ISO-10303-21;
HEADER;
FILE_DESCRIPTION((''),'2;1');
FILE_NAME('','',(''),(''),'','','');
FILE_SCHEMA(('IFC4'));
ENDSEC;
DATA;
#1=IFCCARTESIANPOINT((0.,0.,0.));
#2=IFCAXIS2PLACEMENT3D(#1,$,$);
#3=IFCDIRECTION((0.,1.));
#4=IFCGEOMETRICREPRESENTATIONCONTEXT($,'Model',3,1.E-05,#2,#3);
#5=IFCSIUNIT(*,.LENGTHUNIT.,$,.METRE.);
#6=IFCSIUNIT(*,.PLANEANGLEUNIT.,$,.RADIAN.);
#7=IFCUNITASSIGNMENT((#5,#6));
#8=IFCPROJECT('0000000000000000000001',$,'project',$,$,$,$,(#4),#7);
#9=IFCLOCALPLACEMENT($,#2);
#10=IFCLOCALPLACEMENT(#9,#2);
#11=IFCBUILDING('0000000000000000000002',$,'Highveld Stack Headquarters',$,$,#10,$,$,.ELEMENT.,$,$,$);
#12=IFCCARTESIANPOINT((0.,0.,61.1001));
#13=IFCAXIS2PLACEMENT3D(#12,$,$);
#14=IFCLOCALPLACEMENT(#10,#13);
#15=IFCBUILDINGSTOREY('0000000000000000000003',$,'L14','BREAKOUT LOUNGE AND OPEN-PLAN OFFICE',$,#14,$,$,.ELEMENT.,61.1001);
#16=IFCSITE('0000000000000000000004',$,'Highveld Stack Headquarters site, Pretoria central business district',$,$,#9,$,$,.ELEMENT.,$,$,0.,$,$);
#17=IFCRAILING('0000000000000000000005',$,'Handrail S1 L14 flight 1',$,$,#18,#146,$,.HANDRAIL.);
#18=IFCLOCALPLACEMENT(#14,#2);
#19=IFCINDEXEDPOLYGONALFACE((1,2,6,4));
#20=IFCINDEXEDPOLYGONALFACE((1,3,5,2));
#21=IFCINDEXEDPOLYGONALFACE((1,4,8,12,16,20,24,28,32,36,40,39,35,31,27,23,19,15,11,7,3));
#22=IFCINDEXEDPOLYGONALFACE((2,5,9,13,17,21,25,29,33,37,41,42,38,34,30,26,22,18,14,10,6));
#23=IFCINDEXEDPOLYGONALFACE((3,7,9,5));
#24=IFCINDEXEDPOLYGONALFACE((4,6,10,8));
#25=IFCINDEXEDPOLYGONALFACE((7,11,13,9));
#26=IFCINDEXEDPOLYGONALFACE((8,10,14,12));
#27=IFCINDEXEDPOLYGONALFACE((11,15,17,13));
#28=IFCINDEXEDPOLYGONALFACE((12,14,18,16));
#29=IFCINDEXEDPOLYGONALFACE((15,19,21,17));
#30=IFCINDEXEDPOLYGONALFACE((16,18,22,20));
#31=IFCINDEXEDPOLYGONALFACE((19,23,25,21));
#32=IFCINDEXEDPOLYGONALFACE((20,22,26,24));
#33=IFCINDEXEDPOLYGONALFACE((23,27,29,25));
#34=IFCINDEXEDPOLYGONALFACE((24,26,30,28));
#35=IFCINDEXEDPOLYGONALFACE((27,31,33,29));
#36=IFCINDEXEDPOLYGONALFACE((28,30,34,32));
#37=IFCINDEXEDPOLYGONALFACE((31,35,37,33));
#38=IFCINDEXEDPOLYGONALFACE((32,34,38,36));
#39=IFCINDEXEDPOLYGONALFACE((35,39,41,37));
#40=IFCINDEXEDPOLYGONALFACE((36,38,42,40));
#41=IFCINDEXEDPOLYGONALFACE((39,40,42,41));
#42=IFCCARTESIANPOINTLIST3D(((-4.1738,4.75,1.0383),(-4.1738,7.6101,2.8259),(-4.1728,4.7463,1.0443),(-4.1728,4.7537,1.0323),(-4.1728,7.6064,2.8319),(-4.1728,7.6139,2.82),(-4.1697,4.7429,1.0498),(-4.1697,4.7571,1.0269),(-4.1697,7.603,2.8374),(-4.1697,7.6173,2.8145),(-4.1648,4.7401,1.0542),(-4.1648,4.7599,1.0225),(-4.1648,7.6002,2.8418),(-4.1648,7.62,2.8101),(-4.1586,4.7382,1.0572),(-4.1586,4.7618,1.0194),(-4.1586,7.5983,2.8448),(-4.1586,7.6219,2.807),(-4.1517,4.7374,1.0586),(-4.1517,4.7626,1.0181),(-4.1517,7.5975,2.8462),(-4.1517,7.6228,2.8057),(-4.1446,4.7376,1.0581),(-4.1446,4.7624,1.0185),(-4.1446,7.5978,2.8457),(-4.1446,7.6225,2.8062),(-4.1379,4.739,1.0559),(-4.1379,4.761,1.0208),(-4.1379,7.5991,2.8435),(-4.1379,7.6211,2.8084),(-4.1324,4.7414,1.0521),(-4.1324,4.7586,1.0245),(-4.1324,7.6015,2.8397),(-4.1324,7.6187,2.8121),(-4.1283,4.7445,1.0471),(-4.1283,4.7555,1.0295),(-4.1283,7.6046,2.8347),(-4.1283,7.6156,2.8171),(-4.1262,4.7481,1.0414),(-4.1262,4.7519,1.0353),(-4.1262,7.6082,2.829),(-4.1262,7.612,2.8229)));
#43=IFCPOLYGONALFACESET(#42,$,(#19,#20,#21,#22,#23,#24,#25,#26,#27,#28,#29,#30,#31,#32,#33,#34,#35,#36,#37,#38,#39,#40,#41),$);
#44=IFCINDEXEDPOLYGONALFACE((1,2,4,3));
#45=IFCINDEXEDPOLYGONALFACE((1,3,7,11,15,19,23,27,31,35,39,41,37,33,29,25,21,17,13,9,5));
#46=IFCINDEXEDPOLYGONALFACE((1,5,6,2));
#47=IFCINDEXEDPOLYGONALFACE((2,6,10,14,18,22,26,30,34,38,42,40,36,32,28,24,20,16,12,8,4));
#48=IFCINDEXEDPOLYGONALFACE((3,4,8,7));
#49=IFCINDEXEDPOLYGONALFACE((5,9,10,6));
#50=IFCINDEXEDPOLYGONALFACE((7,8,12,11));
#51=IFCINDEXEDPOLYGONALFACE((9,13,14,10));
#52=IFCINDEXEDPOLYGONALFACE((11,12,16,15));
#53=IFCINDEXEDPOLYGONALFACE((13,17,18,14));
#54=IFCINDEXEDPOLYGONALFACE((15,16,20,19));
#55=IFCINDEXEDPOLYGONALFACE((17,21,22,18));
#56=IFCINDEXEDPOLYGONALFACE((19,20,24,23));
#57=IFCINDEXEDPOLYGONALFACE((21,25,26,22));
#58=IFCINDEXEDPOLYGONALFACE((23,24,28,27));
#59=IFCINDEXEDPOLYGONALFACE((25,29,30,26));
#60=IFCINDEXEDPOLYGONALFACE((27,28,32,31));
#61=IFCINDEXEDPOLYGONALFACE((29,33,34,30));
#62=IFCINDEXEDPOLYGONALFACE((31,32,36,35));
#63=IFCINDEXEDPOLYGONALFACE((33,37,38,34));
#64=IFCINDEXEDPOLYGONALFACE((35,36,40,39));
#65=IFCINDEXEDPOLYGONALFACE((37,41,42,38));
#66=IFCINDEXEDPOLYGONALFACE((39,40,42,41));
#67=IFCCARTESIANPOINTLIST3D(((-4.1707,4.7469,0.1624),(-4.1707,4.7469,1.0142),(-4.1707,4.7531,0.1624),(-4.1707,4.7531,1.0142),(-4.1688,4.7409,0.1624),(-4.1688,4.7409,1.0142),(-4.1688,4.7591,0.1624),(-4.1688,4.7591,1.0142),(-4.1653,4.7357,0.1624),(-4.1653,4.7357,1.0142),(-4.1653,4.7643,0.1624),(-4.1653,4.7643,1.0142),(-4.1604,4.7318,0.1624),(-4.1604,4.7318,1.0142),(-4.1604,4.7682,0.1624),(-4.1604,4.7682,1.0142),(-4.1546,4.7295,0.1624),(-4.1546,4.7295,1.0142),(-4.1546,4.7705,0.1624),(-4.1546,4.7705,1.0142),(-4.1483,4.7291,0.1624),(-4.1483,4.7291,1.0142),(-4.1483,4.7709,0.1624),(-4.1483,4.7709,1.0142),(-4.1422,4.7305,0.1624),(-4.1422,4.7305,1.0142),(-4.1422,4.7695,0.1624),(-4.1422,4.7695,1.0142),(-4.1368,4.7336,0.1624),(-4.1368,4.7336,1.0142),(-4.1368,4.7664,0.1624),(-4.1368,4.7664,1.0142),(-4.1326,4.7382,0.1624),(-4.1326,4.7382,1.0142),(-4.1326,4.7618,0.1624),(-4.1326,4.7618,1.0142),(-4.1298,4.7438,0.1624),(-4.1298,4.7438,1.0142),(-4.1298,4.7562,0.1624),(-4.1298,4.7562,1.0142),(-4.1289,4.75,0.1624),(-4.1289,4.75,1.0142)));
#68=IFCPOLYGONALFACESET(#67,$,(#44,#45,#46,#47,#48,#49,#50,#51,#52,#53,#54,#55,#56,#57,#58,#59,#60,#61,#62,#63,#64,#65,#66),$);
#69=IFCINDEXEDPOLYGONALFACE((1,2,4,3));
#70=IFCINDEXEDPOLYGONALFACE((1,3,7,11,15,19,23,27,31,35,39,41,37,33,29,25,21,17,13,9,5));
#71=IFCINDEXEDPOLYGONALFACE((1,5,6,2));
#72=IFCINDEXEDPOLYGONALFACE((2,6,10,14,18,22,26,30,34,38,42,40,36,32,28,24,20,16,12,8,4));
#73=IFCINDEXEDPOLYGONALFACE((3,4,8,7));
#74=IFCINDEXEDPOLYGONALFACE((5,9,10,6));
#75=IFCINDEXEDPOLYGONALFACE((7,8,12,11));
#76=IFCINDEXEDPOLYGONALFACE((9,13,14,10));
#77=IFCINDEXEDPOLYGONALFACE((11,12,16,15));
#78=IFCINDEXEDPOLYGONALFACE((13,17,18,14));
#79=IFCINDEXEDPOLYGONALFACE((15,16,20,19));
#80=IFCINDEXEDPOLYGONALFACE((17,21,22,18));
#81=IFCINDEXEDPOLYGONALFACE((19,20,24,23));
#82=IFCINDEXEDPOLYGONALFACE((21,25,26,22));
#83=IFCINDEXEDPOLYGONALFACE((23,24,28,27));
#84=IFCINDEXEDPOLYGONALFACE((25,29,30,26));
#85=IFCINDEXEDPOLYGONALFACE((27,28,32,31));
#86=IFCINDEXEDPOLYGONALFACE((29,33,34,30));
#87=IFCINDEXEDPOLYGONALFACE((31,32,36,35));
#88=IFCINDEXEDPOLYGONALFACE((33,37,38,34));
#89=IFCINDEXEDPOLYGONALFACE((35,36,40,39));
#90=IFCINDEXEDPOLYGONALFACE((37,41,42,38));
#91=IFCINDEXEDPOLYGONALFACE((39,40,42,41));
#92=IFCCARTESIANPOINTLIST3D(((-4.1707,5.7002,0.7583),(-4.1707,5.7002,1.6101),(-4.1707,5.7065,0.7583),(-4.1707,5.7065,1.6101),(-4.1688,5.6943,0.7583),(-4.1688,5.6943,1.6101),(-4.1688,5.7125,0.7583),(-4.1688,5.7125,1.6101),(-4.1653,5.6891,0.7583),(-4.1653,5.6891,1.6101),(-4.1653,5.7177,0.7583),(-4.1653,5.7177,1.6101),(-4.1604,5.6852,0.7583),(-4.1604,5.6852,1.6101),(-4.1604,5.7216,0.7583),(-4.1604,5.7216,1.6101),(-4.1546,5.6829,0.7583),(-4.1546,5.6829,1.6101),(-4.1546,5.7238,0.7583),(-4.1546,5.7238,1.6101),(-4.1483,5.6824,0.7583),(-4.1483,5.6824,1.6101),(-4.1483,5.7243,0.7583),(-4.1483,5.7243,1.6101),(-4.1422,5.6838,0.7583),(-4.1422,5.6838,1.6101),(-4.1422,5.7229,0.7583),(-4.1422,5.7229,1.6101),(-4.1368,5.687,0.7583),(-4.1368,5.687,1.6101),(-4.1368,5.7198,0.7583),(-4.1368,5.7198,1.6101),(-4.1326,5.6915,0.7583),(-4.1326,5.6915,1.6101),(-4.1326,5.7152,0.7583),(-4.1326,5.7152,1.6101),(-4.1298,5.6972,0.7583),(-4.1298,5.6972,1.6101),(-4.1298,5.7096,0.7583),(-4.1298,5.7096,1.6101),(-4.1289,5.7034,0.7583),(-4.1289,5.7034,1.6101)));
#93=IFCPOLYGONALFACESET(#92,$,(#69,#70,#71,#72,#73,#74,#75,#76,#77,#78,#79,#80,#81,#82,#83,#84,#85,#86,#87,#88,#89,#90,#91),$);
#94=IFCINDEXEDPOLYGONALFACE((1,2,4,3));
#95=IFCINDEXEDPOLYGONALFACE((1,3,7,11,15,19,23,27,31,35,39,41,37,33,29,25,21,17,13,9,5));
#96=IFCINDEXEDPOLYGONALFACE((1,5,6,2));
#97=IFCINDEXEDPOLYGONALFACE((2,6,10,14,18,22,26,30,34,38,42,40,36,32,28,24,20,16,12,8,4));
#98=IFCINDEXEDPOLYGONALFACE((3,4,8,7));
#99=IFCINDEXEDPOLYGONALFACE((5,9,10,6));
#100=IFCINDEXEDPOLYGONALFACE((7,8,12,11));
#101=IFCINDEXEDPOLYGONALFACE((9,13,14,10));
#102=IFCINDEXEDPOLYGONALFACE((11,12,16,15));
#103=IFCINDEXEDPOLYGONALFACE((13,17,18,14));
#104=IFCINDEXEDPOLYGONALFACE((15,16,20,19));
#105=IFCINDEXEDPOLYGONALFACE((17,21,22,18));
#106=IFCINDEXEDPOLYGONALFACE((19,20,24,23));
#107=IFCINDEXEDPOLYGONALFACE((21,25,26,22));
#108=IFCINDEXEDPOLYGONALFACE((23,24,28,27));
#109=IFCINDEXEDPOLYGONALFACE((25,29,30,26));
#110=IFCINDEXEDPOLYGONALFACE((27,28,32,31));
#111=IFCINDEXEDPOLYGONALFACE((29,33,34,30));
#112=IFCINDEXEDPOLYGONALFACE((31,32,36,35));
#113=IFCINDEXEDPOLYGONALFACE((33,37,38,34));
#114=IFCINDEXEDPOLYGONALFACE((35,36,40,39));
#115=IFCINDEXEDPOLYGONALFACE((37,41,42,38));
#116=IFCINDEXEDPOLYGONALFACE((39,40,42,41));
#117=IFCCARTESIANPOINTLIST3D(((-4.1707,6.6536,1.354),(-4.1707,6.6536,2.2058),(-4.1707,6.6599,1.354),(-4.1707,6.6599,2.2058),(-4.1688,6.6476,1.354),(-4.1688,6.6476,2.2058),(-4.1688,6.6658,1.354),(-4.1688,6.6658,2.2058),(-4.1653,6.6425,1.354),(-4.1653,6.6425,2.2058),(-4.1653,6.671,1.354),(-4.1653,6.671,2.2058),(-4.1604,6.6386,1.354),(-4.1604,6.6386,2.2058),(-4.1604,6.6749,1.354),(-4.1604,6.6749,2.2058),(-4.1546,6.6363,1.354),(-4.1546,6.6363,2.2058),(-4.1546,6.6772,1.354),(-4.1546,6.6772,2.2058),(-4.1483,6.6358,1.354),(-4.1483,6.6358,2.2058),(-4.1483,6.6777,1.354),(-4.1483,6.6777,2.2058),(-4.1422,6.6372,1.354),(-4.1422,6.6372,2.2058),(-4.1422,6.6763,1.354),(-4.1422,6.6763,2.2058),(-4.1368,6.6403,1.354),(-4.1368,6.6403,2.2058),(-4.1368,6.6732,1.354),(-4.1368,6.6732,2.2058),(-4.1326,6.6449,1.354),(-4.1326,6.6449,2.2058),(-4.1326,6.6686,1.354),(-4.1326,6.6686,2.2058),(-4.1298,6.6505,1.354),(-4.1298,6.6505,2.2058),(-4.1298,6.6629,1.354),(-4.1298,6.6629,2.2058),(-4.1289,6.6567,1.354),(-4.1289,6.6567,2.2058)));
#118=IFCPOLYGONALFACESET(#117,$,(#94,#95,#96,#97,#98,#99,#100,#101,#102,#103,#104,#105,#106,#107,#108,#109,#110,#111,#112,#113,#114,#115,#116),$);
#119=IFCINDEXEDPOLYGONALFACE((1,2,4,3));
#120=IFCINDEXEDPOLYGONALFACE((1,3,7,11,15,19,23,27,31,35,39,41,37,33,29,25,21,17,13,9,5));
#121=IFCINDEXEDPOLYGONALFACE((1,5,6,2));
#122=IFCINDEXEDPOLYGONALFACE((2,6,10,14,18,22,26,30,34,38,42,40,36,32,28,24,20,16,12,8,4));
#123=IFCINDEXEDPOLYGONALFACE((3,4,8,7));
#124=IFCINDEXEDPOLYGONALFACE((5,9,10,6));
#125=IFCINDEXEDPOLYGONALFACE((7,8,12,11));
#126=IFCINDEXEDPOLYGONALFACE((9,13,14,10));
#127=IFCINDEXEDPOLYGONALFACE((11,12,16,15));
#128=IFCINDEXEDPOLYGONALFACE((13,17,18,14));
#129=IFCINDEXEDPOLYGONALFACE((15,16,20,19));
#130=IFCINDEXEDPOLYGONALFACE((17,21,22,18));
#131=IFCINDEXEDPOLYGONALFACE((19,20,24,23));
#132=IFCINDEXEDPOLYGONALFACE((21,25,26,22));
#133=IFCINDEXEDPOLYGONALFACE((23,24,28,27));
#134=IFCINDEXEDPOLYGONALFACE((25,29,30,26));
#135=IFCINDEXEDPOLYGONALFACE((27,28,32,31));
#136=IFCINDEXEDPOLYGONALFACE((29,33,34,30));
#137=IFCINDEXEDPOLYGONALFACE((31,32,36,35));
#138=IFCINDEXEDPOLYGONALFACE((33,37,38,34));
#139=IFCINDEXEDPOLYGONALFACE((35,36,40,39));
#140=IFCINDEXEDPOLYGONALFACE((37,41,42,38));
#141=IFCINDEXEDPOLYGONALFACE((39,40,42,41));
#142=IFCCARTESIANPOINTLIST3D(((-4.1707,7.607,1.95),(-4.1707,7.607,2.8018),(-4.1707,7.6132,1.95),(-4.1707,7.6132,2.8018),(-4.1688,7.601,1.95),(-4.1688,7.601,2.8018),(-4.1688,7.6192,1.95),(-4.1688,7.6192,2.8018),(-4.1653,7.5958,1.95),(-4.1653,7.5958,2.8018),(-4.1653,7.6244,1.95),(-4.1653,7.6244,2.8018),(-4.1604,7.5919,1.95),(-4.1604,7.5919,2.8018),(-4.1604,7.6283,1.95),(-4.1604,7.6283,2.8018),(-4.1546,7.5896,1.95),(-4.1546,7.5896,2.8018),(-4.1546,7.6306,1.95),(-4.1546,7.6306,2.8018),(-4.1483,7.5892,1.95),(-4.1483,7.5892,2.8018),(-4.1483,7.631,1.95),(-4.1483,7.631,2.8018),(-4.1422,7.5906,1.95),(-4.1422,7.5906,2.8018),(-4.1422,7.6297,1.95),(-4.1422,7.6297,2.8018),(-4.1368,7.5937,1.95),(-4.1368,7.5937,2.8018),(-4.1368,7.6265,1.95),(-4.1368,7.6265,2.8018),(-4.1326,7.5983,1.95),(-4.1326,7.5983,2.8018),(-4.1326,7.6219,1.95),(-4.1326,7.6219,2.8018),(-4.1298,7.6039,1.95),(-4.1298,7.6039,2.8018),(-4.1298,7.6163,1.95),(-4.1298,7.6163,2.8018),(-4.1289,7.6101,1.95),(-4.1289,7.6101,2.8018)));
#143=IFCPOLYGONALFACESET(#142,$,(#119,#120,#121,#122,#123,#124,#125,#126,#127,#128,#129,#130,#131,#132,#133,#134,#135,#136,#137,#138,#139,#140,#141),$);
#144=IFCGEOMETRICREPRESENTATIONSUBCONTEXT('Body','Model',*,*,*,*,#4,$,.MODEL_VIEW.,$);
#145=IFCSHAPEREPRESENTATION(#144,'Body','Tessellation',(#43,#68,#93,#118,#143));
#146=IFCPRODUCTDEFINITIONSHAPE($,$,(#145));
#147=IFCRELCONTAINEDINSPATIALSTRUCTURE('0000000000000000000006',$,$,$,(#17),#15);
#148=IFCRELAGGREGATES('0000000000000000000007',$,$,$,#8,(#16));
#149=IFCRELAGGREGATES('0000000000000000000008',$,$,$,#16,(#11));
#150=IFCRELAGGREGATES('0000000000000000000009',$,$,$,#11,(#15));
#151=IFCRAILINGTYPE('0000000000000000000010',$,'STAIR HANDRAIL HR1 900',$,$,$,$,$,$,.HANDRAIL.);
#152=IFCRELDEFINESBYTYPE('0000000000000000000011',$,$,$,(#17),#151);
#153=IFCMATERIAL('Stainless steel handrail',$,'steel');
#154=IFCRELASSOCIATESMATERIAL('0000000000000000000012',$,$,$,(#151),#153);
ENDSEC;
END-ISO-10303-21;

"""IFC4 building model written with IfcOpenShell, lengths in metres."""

from ifc_helpers import new_model, si_unit, direction, frame, origin, origin_2d, place, context, subcontext, project, spatial, circle, extrude, material, type_object, element, save


model = new_model("IFC4")

# Units and contexts
model_context = context("Model", 3, precision=1e-05, world=origin(), true_north=direction((0.0, 1.0)))
body_context = subcontext(model_context, "Body", "Model", "MODEL_VIEW")
ifc_project = project(units=[si_unit("LENGTHUNIT", "METRE"), si_unit("PLANEANGLEUNIT", "RADIAN")], contexts=[model_context])

# Site, building, storey
site_placement = place(None, origin())
site = spatial("IfcSite", under=ifc_project, at=site_placement, Name="Highveld Stack Headquarters site, Pretoria central business district", CompositionType="ELEMENT", RefElevation=0.0)
building_placement = place(site_placement, origin())
building = spatial("IfcBuilding", under=site, at=building_placement, Name="Highveld Stack Headquarters", CompositionType="ELEMENT")
storey_placement = place(building_placement, frame((0.0, 0.0, 61.1001)))
storey = spatial("IfcBuildingStorey", under=building, at=storey_placement, Name="L14", Description="BREAKOUT LOUNGE AND OPEN-PLAN OFFICE", CompositionType="ELEMENT", Elevation=61.1001)

# Railing
ifc_material_1 = material(Name="Stainless steel handrail", Category="steel")
railing_type = type_object("IfcRailingType", Name="STAIR HANDRAIL HR1 900", PredefinedType="HANDRAIL", material=ifc_material_1)
for number, where, name in (
    (1, (-4.1499, 4.75, 0.1624), "Handrail S1 L14 flight 1"),
):
    element("IfcRailing", number, at=place(storey_placement, frame(where)), inside=storey, type_object=railing_type, Name=name, PredefinedType="HANDRAIL", context=body_context, shape_type="SweptSolid", body=[
        extrude(circle(Radius=0.0239, at=origin_2d()), frame((0.0, 0.0, 0.876), z_axis=(0.0, 0.847994, 0.530005), x_axis=(-1.0, 0.0, 0.0)), (0.0, 0.0, 1.0), 3.3728),
        extrude(circle(Radius=0.021, at=origin_2d()), origin(), (0.0, 0.0, 1.0), 0.8518),
        extrude(circle(Radius=0.021, at=origin_2d()), frame((0.0, 0.9534, 0.5959)), (0.0, 0.0, 1.0), 0.8518),
        extrude(circle(Radius=0.021, at=origin_2d()), frame((0.0, 1.9067, 1.1917)), (0.0, 0.0, 1.0), 0.8518),
        extrude(circle(Radius=0.021, at=origin_2d()), frame((0.0, 2.8601, 1.7876)), (0.0, 0.0, 1.0), 0.8518),
    ])

save(model, "model.ifc")
